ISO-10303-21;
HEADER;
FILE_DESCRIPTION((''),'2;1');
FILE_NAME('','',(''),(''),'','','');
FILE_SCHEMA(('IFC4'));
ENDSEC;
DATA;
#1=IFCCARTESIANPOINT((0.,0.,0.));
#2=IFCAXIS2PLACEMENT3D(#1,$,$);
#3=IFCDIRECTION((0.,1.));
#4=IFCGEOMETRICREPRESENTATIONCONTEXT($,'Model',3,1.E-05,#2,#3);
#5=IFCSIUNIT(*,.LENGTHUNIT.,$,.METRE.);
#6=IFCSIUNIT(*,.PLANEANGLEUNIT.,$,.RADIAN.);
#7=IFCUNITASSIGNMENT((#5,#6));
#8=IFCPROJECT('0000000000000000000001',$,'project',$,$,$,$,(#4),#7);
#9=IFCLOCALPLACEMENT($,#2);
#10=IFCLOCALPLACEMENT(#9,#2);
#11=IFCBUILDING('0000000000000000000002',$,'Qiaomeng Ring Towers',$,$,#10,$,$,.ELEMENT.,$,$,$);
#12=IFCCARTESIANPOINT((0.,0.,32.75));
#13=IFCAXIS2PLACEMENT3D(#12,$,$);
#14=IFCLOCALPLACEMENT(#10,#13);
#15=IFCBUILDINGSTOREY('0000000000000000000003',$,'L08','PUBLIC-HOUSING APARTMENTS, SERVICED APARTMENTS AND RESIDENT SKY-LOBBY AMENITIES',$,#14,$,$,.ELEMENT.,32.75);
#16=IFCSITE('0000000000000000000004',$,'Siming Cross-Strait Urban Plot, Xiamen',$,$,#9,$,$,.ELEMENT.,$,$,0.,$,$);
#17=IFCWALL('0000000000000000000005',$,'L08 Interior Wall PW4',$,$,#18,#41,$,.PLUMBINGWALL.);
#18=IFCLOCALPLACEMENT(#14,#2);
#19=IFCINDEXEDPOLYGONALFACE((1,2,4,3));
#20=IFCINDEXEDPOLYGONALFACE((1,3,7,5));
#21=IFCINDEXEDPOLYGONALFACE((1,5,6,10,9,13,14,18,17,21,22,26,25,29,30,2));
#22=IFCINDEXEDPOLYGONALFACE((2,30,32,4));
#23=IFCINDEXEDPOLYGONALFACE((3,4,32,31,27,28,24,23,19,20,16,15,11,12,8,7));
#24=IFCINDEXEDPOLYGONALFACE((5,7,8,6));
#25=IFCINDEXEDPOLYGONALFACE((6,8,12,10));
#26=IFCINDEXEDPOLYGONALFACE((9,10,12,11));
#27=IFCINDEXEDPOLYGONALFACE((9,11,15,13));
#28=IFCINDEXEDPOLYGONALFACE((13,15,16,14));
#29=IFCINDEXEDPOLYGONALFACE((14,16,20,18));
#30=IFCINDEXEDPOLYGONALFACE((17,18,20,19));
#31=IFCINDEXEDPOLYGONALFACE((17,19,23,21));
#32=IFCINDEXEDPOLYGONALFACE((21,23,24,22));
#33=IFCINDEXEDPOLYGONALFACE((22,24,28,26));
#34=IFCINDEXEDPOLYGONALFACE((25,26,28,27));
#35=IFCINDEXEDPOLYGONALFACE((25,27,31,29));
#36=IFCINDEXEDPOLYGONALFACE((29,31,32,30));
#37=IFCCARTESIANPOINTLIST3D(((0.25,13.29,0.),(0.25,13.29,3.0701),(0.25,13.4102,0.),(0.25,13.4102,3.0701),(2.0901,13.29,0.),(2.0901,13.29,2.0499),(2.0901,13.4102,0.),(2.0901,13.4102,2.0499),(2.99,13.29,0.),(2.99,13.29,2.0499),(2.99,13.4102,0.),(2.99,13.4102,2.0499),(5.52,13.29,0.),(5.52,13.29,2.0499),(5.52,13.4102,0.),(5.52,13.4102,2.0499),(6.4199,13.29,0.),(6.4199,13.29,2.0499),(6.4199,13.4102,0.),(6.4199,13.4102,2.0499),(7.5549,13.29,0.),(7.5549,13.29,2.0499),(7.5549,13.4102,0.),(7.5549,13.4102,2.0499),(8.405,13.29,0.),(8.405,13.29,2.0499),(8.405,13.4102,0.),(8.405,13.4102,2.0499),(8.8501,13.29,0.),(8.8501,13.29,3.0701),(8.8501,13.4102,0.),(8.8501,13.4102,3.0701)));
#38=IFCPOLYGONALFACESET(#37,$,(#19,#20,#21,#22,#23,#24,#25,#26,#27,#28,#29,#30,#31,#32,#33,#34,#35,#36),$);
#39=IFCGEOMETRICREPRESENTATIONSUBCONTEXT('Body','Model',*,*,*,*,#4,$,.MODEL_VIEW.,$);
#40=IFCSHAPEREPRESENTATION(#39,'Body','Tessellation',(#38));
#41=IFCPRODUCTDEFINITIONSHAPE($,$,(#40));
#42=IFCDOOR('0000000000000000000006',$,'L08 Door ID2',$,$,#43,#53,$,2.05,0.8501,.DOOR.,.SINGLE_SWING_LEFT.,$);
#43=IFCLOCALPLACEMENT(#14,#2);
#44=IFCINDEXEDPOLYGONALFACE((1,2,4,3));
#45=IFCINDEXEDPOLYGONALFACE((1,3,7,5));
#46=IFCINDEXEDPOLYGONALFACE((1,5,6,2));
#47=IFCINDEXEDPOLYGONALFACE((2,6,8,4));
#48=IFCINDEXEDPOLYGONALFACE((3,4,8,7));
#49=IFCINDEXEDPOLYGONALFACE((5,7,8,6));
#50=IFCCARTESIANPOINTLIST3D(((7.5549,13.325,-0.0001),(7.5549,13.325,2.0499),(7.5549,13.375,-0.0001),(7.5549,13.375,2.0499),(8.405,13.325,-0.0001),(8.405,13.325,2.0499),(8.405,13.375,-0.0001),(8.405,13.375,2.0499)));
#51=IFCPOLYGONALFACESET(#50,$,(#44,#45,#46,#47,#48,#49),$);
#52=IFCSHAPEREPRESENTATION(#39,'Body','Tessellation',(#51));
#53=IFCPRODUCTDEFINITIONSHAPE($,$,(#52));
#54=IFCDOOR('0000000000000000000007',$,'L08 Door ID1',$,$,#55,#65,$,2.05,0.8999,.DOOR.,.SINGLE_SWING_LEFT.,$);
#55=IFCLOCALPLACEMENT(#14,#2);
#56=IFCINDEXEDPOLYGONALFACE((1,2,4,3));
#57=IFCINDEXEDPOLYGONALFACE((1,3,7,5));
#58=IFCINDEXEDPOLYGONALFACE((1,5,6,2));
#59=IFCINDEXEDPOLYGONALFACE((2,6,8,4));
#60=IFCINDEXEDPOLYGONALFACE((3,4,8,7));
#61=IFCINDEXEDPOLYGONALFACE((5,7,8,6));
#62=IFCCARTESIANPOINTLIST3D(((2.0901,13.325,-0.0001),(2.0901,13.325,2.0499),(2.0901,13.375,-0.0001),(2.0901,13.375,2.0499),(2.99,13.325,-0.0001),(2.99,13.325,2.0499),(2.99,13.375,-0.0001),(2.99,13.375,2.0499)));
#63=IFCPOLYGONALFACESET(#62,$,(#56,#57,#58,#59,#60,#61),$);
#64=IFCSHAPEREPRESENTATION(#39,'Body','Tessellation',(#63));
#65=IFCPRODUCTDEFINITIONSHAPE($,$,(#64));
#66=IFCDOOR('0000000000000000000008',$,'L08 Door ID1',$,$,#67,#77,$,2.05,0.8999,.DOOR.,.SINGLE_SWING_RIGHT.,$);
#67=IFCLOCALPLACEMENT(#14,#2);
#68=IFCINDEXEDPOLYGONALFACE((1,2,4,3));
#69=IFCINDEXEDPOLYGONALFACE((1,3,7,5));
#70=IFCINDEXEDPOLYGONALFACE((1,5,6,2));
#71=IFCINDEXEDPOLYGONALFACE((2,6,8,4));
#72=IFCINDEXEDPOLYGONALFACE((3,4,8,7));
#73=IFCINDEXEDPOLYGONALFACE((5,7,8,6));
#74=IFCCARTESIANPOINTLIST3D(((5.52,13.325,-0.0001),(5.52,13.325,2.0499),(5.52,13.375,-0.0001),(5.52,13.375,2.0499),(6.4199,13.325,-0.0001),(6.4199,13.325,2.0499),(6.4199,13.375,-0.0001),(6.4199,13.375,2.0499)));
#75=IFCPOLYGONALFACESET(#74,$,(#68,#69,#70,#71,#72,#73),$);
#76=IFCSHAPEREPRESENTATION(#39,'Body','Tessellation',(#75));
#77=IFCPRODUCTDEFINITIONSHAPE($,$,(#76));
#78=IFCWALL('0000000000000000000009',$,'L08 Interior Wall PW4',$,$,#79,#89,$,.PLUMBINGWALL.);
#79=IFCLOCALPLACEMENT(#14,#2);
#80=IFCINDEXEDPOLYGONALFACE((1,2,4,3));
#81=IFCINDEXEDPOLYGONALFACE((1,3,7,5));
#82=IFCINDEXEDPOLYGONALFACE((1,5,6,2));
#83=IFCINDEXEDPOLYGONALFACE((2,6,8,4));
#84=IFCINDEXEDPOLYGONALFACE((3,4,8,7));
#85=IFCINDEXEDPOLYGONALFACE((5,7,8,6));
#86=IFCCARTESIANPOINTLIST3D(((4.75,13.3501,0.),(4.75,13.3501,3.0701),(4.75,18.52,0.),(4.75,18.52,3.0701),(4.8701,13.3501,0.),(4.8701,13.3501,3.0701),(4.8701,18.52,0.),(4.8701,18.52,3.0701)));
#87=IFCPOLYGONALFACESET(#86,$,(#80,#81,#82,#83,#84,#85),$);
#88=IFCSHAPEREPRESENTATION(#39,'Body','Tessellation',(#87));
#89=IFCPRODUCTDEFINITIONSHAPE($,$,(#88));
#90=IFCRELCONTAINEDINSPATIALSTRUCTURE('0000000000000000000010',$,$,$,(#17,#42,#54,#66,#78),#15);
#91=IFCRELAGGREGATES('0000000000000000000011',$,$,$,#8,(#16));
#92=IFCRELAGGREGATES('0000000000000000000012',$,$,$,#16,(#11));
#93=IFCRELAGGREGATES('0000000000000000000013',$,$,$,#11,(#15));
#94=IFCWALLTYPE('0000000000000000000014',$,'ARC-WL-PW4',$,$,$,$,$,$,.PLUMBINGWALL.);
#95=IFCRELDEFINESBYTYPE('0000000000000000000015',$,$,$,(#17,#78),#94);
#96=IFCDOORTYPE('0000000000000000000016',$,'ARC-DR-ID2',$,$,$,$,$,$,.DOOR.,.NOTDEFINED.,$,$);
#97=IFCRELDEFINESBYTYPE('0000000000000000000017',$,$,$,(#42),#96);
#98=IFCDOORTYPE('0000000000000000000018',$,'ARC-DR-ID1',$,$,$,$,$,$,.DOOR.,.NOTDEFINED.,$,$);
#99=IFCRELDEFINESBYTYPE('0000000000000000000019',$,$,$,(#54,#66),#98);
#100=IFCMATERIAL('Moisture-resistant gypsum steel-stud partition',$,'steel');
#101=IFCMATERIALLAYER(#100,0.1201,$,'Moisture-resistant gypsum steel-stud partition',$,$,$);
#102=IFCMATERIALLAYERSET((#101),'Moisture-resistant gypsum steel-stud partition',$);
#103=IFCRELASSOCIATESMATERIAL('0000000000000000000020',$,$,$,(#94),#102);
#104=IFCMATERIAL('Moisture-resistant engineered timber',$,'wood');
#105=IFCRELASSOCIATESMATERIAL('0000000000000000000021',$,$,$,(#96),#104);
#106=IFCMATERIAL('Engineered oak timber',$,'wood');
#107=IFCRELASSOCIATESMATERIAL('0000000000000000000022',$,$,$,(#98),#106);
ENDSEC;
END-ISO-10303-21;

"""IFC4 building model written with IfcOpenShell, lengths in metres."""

from ifc_helpers import new_model, si_unit, direction, frame, frame_2d, origin, place, context, subcontext, project, spatial, rectangle, extrude, source, transform, mapped, material, layer, layer_set, type_object, element, fill, save


model = new_model("IFC4")

# Units and contexts
model_context = context("Model", 3, precision=1e-05, world=origin(), true_north=direction((0.0, 1.0)))
body_context = subcontext(model_context, "Body", "Model", "MODEL_VIEW")
ifc_project = project(units=[si_unit("LENGTHUNIT", "METRE"), si_unit("PLANEANGLEUNIT", "RADIAN")], contexts=[model_context])

# Site, building, storey
site_placement = place(None, origin())
site = spatial("IfcSite", under=ifc_project, at=site_placement, Name="Siming Cross-Strait Urban Plot, Xiamen", CompositionType="ELEMENT", RefElevation=0.0)
building_placement = place(site_placement, origin())
building = spatial("IfcBuilding", under=site, at=building_placement, Name="Qiaomeng Ring Towers", CompositionType="ELEMENT")
storey_placement = place(building_placement, frame((0.0, 0.0, 32.75)))
storey = spatial("IfcBuildingStorey", under=building, at=storey_placement, Name="L08", Description="PUBLIC-HOUSING APARTMENTS, SERVICED APARTMENTS AND RESIDENT SKY-LOBBY AMENITIES", CompositionType="ELEMENT", Elevation=32.75)

# Wall, openings, doors
ifc_material_1 = material(Name="Moisture-resistant gypsum steel-stud partition", Category="steel")
ifc_layer_1 = layer(ifc_material_1, 0.1201, Name="Moisture-resistant gypsum steel-stud partition")
ifc_layer_set_1 = layer_set([ifc_layer_1], Name="Moisture-resistant gypsum steel-stud partition")
wall_type_1 = type_object("IfcWallType", Name="ARC-WL-PW4", PredefinedType="PLUMBINGWALL", material=ifc_layer_set_1)
wall_1_placement = place(storey_placement, frame((0.25, 13.3501, 0.0), z_axis=(0.0, 0.0, 1.0), x_axis=(1.0, 0.0, 0.0)))
wall_1 = element("IfcWall", 1, at=wall_1_placement, inside=storey, type_object=wall_type_1, Name="L08 Interior Wall PW4", PredefinedType="PLUMBINGWALL", context=body_context, shape_type="SweptSolid", body=[
    extrude(rectangle(XDim=8.6001, YDim=0.1201, at=frame_2d((4.3, 0.0))), origin(), (0.0, 0.0, 1.0), 3.0701),
])
opening_1_placement = place(wall_1_placement, frame((1.8401, 0.0, 0.0)))
opening_1 = element("IfcOpeningElement", 2, at=opening_1_placement, cuts=wall_1, PredefinedType="OPENING", context=body_context, shape_type="SweptSolid", body=[
    extrude(rectangle(XDim=0.8999, YDim=2.05, at=frame_2d((0.45, 1.0249))), frame((0.0, 0.0701, 0.0), z_axis=(0.0, -1.0, 0.0), x_axis=(1.0, 0.0, 0.0)), (0.0, 0.0, 1.0), 0.1401),
])
opening_2_placement = place(wall_1_placement, frame((5.27, 0.0, 0.0)))
opening_2 = element("IfcOpeningElement", 3, at=opening_2_placement, cuts=wall_1, PredefinedType="OPENING", context=body_context, shape_type="SweptSolid", body=[
    extrude(rectangle(XDim=0.8999, YDim=2.05, at=frame_2d((0.45, 1.0249))), frame((0.0, 0.0701, 0.0), z_axis=(0.0, -1.0, 0.0), x_axis=(1.0, 0.0, 0.0)), (0.0, 0.0, 1.0), 0.1401),
])
opening_3_placement = place(wall_1_placement, frame((7.3049, 0.0, 0.0)))
opening_3 = element("IfcOpeningElement", 4, at=opening_3_placement, cuts=wall_1, PredefinedType="OPENING", context=body_context, shape_type="SweptSolid", body=[
    extrude(rectangle(XDim=0.8501, YDim=2.05, at=frame_2d((0.425, 1.0249))), frame((0.0, 0.0701, 0.0), z_axis=(0.0, -1.0, 0.0), x_axis=(1.0, 0.0, 0.0)), (0.0, 0.0, 1.0), 0.1401),
])
ifc_material_2 = material(Name="Moisture-resistant engineered timber", Category="wood")
door_type_1 = type_object("IfcDoorType", Name="ARC-DR-ID2", OperationType="NOTDEFINED", PredefinedType="DOOR", material=ifc_material_2)
shared_shape_1 = source(origin(), body_context, "Body", "SweptSolid", [
    extrude(rectangle(XDim=0.8501, YDim=2.05, at=frame_2d((0.425, 1.0249))), frame((0.0, 0.0249, 0.0), z_axis=(0.0, -1.0, 0.0), x_axis=(1.0, 0.0, 0.0)), (0.0, 0.0, 1.0), 0.05),
])
door_1_placement = place(opening_3_placement, origin())
door_1 = element("IfcDoor", 5, at=door_1_placement, inside=storey, type_object=door_type_1, Name="L08 Door ID2", OperationType="SINGLE_SWING_LEFT", OverallHeight=2.05, OverallWidth=0.8501, PredefinedType="DOOR", context=body_context, shape_type="MappedRepresentation", body=[
    mapped(shared_shape_1, transform((0.0, 0.0, 0.0), x_axis=(1.0, 0.0, 0.0), y_axis=(0.0, 1.0, 0.0), z_axis=(0.0, 0.0, 1.0), scale=1.0)),
])
fill(opening_3, door_1)
ifc_material_3 = material(Name="Engineered oak timber", Category="wood")
door_type_2 = type_object("IfcDoorType", Name="ARC-DR-ID1", OperationType="NOTDEFINED", PredefinedType="DOOR", material=ifc_material_3)
shared_shape_2 = source(origin(), body_context, "Body", "SweptSolid", [
    extrude(rectangle(XDim=0.8999, YDim=2.05, at=frame_2d((0.45, 1.0249))), frame((0.0, 0.0249, 0.0), z_axis=(0.0, -1.0, 0.0), x_axis=(1.0, 0.0, 0.0)), (0.0, 0.0, 1.0), 0.05),
])
door_2_placement = place(opening_1_placement, origin())
door_2 = element("IfcDoor", 6, at=door_2_placement, inside=storey, type_object=door_type_2, Name="L08 Door ID1", OperationType="SINGLE_SWING_LEFT", OverallHeight=2.05, OverallWidth=0.8999, PredefinedType="DOOR", context=body_context, shape_type="MappedRepresentation", body=[
    mapped(shared_shape_2, transform((0.0, 0.0, 0.0), x_axis=(1.0, 0.0, 0.0), y_axis=(0.0, 1.0, 0.0), z_axis=(0.0, 0.0, 1.0), scale=1.0)),
])
fill(opening_1, door_2)
door_3_placement = place(opening_2_placement, origin())
door_3 = element("IfcDoor", 7, at=door_3_placement, inside=storey, type_object=door_type_2, Name="L08 Door ID1", OperationType="SINGLE_SWING_RIGHT", OverallHeight=2.05, OverallWidth=0.8999, PredefinedType="DOOR", context=body_context, shape_type="MappedRepresentation", body=[
    mapped(shared_shape_2, transform((0.0, 0.0, 0.0), x_axis=(1.0, 0.0, 0.0), y_axis=(0.0, 1.0, 0.0), z_axis=(0.0, 0.0, 1.0), scale=1.0)),
])
fill(opening_2, door_3)

# Wall
wall_2_placement = place(storey_placement, frame((4.8101, 13.3501, 0.0), z_axis=(0.0, 0.0, 1.0), x_axis=(0.0, 1.0, 0.0)))
element("IfcWall", 8, at=wall_2_placement, inside=storey, type_object=wall_type_1, Name="L08 Interior Wall PW4", PredefinedType="PLUMBINGWALL", context=body_context, shape_type="SweptSolid", body=[
    extrude(rectangle(XDim=5.1699, YDim=0.1201, at=frame_2d((2.585, 0.0))), origin(), (0.0, 0.0, 1.0), 3.0701),
])

save(model, "model.ifc")
